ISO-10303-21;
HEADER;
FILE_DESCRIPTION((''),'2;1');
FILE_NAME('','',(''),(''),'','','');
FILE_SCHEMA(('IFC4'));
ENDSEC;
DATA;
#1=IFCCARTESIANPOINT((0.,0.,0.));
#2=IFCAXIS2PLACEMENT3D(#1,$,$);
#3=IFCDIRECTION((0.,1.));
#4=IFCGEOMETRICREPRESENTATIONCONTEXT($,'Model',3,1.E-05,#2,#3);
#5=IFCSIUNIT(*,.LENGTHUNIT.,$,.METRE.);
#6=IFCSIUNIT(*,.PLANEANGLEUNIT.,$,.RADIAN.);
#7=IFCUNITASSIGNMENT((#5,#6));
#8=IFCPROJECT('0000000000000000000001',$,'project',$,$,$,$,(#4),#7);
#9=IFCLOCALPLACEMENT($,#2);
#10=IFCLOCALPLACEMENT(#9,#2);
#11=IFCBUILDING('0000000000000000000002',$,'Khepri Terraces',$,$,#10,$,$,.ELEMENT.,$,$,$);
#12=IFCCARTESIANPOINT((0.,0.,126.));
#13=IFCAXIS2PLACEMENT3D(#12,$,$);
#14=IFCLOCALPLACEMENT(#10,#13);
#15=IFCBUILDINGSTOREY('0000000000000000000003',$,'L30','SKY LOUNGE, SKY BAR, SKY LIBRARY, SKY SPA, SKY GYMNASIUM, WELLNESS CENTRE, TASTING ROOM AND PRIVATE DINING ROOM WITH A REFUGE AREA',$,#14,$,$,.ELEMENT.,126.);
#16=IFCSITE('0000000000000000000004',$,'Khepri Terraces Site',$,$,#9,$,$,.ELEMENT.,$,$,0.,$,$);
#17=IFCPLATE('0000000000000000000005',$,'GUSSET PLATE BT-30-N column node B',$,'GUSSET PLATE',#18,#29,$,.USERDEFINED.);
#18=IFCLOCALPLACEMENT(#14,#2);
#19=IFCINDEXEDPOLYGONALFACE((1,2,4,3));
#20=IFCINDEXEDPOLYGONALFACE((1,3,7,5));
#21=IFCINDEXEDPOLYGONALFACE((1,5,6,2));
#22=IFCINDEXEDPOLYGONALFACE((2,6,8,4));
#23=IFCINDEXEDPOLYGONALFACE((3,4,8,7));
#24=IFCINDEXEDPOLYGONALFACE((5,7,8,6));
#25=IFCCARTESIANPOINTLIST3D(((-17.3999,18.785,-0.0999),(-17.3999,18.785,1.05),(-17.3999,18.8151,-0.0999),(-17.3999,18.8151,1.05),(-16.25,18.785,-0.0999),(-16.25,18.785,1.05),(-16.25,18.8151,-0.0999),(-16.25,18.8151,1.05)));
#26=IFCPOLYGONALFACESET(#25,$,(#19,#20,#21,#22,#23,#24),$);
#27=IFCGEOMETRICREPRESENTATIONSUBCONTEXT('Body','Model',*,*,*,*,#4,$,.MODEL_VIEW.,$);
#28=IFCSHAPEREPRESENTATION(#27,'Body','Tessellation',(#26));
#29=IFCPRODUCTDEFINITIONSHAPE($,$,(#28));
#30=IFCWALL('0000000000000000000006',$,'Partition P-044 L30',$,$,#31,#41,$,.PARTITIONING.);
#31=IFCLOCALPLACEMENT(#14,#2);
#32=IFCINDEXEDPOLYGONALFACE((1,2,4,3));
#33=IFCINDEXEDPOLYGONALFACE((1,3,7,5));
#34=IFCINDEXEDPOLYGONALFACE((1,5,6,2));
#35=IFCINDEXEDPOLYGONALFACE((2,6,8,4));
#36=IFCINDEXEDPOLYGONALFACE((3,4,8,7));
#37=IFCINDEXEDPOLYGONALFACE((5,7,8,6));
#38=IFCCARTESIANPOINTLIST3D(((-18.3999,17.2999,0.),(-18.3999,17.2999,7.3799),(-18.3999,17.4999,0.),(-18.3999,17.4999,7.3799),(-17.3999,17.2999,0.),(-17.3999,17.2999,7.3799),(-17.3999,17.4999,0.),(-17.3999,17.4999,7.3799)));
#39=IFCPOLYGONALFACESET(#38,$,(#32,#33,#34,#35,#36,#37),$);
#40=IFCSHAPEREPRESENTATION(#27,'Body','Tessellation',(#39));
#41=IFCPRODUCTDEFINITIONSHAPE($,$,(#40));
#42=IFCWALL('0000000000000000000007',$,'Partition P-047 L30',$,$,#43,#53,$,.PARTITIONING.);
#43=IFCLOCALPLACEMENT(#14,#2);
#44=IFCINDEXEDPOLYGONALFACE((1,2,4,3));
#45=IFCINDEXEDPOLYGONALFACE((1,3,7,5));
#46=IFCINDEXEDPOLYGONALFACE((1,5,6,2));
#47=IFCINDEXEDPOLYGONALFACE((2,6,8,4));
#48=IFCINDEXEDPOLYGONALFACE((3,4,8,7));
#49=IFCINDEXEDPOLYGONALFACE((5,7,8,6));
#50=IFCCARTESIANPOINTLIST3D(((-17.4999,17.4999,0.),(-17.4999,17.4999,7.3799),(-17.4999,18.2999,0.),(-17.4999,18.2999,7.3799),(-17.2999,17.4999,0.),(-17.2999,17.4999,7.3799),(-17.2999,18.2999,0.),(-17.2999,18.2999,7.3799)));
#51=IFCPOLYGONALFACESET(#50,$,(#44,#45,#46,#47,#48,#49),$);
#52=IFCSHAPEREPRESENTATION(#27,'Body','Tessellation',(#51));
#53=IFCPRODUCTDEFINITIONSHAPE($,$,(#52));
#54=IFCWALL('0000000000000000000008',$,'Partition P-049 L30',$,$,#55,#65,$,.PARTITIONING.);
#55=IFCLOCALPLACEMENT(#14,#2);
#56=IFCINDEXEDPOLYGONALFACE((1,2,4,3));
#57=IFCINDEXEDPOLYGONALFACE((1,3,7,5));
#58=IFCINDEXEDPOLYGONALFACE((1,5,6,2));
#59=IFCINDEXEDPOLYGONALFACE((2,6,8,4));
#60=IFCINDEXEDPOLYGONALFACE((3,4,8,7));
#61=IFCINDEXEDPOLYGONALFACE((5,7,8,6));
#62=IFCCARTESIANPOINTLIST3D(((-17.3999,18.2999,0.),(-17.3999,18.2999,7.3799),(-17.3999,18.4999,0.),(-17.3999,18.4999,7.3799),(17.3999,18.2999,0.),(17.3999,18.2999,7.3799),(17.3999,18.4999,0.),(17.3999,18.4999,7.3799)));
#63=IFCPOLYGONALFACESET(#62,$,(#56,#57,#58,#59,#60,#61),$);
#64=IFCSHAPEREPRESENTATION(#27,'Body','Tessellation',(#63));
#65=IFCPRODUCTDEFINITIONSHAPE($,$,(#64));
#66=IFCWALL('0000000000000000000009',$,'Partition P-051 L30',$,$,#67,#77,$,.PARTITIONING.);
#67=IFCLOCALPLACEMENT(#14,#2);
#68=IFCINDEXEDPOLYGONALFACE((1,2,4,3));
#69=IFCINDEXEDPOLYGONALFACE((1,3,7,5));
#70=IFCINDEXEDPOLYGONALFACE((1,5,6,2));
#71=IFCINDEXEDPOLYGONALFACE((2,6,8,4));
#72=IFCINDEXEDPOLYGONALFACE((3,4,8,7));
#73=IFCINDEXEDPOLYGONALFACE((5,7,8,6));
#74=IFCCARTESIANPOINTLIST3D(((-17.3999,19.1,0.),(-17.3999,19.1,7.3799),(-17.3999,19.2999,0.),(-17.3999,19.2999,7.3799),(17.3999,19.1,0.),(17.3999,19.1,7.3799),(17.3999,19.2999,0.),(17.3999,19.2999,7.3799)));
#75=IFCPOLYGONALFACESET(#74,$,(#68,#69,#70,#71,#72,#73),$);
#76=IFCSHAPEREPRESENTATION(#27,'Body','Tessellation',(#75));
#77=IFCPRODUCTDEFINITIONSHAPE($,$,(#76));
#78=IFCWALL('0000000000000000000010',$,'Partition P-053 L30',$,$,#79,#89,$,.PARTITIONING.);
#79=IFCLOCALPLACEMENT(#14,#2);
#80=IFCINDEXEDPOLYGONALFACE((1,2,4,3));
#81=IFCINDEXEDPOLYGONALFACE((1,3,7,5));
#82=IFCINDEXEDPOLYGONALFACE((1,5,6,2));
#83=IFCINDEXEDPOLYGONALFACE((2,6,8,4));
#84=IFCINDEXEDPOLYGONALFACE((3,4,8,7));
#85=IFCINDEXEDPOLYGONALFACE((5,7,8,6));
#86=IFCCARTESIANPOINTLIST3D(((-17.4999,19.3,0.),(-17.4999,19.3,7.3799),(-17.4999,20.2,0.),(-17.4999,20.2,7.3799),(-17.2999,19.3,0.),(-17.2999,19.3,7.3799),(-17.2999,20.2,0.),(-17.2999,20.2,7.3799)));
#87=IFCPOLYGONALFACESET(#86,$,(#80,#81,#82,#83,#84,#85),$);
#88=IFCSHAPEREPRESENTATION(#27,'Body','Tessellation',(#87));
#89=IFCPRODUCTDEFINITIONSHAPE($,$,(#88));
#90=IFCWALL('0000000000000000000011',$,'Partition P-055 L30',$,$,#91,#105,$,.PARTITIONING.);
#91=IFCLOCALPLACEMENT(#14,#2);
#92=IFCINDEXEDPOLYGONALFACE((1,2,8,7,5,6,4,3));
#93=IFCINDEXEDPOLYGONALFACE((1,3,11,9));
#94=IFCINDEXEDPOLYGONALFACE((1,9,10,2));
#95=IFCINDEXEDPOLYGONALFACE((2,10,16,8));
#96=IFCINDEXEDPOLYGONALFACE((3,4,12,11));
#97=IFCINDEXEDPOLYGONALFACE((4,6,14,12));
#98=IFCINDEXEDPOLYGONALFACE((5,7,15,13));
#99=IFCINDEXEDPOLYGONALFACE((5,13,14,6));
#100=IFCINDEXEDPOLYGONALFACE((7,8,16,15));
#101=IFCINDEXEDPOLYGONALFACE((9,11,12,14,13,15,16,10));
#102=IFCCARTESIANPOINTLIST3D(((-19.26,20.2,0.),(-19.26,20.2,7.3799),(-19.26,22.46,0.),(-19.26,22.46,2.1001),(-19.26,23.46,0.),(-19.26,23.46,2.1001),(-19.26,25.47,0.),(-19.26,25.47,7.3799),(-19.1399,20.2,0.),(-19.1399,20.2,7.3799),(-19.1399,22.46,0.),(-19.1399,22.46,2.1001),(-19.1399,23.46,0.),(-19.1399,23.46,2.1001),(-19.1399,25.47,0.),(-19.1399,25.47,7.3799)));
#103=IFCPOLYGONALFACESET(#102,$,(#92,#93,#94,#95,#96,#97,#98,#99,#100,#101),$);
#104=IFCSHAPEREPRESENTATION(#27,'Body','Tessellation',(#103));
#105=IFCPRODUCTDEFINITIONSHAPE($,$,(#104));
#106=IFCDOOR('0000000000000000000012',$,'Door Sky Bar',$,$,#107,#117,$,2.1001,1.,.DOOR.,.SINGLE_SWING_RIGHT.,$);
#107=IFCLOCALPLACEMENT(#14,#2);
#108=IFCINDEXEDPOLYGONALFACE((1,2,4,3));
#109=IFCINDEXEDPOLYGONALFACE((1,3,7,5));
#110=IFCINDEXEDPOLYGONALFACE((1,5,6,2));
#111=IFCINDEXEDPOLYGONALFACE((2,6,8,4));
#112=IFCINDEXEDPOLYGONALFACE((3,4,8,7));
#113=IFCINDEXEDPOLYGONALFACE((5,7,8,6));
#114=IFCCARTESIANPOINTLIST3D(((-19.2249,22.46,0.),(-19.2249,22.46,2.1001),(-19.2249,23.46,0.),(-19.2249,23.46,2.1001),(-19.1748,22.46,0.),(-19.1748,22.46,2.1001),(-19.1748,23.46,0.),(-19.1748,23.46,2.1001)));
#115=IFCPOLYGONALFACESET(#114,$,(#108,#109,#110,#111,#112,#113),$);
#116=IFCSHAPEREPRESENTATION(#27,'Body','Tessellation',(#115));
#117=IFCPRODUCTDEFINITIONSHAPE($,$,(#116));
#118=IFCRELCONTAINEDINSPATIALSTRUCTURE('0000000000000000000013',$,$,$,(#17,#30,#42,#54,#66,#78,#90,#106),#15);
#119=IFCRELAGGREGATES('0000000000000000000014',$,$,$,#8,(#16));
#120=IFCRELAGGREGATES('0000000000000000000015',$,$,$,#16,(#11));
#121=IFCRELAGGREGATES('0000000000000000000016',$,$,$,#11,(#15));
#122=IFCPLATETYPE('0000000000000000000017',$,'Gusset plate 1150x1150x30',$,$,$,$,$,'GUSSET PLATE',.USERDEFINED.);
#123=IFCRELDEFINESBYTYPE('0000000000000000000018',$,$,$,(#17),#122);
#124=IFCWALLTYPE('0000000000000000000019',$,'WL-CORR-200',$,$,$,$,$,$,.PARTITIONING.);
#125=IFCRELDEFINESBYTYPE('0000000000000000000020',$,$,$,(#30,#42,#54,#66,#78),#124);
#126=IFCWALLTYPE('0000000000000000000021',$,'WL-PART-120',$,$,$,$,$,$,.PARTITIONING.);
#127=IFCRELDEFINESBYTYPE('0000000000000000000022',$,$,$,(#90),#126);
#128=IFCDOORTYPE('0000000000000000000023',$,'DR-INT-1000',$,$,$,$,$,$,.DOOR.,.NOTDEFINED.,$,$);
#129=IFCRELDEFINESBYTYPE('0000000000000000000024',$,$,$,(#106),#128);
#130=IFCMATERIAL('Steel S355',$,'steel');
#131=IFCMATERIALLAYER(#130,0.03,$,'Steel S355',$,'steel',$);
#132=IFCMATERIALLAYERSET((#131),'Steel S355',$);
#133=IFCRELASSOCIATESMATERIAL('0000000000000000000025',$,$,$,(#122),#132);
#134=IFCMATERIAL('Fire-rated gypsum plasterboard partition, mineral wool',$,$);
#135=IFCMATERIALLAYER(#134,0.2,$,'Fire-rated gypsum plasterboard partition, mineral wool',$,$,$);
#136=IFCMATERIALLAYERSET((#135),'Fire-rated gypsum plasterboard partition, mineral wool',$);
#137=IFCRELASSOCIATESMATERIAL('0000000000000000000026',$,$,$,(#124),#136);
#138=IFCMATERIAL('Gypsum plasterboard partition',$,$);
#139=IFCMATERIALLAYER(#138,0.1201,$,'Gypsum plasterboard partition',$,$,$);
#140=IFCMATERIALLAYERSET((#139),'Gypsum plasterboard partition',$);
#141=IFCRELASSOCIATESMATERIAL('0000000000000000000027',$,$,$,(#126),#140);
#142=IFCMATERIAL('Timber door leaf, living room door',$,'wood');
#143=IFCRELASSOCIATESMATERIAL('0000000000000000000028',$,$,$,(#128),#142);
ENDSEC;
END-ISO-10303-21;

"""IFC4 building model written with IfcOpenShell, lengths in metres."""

from ifc_helpers import new_model, si_unit, direction, frame, frame_2d, origin, origin_2d, place, context, subcontext, project, spatial, rectangle, extrude, material, layer, layer_set, type_object, element, fill, save


model = new_model("IFC4")

# Units and contexts
model_context = context("Model", 3, precision=1e-05, world=origin(), true_north=direction((0.0, 1.0)))
body_context = subcontext(model_context, "Body", "Model", "MODEL_VIEW")
ifc_project = project(units=[si_unit("LENGTHUNIT", "METRE"), si_unit("PLANEANGLEUNIT", "RADIAN")], contexts=[model_context])

# Site, building, storey
site_placement = place(None, origin())
site = spatial("IfcSite", under=ifc_project, at=site_placement, Name="Khepri Terraces Site", CompositionType="ELEMENT", RefElevation=0.0)
building_placement = place(site_placement, origin())
building = spatial("IfcBuilding", under=site, at=building_placement, Name="Khepri Terraces", CompositionType="ELEMENT")
storey_placement = place(building_placement, frame((0.0, 0.0, 126.0)))
storey = spatial("IfcBuildingStorey", under=building, at=storey_placement, Name="L30", Description="SKY LOUNGE, SKY BAR, SKY LIBRARY, SKY SPA, SKY GYMNASIUM, WELLNESS CENTRE, TASTING ROOM AND PRIVATE DINING ROOM WITH A REFUGE AREA", CompositionType="ELEMENT", Elevation=126.0)

# Shared definitions
ifc_material_1 = material(Name="Steel S355", Category="steel")

# Plate
ifc_layer_1 = layer(ifc_material_1, 0.03, Name="Steel S355", Category="steel")
ifc_layer_set_1 = layer_set([ifc_layer_1], Name="Steel S355")
plate_type_1 = type_object("IfcPlateType", Name="Gusset plate 1150x1150x30", ElementType="GUSSET PLATE", PredefinedType="USERDEFINED", material=ifc_layer_set_1)
plate_1_placement = place(storey_placement, frame((-16.825, 18.8, -0.0999), z_axis=(0.0, 0.0, 1.0), x_axis=(-1.0, 0.0, 0.0)))
element("IfcPlate", 1, at=plate_1_placement, inside=storey, type_object=plate_type_1, Name="GUSSET PLATE BT-30-N column node B", ObjectType="GUSSET PLATE", PredefinedType="USERDEFINED", context=body_context, shape_type="SweptSolid", body=[
    extrude(rectangle(XDim=1.1499, YDim=0.03, at=origin_2d()), origin(), (0.0, 0.0, 1.0), 1.1499),
])

# Walls
ifc_material_2 = material(Name="Fire-rated gypsum plasterboard partition, mineral wool")
ifc_layer_2 = layer(ifc_material_2, 0.2, Name="Fire-rated gypsum plasterboard partition, mineral wool")
ifc_layer_set_2 = layer_set([ifc_layer_2], Name="Fire-rated gypsum plasterboard partition, mineral wool")
wall_type_1 = type_object("IfcWallType", Name="WL-CORR-200", PredefinedType="PARTITIONING", material=ifc_layer_set_2)
wall_1_placement = place(storey_placement, frame((-18.3999, 17.3999, 0.0), z_axis=(0.0, 0.0, 1.0), x_axis=(1.0, 0.0, 0.0)))
element("IfcWall", 2, at=wall_1_placement, inside=storey, type_object=wall_type_1, Name="Partition P-044 L30", PredefinedType="PARTITIONING", context=body_context, shape_type="SweptSolid", body=[
    extrude(rectangle(XDim=1.0, YDim=0.2, at=frame_2d((0.5, 0.0))), origin(), (0.0, 0.0, 1.0), 7.3799),
])
wall_2_placement = place(storey_placement, frame((-17.3999, 17.5, 0.0), z_axis=(0.0, 0.0, 1.0), x_axis=(0.0, 1.0, 0.0)))
element("IfcWall", 3, at=wall_2_placement, inside=storey, type_object=wall_type_1, Name="Partition P-047 L30", PredefinedType="PARTITIONING", context=body_context, shape_type="SweptSolid", body=[
    extrude(rectangle(XDim=0.8, YDim=0.2, at=frame_2d((0.3999, 0.0))), origin(), (0.0, 0.0, 1.0), 7.3799),
])
for number, where, z_axis, x_axis, name in (
    (4, (-17.3999, 18.3999, 0.0), (0.0, 0.0, 1.0), (1.0, 0.0, 0.0), "Partition P-049 L30"),
    (5, (-17.3999, 19.2, 0.0), (0.0, 0.0, 1.0), (1.0, 0.0, 0.0), "Partition P-051 L30"),
):
    element("IfcWall", number, at=place(storey_placement, frame(where, z_axis=z_axis, x_axis=x_axis)), inside=storey, type_object=wall_type_1, Name=name, PredefinedType="PARTITIONING", context=body_context, shape_type="SweptSolid", body=[
        extrude(rectangle(XDim=34.7998, YDim=0.2, at=frame_2d((17.3999, 0.0))), origin(), (0.0, 0.0, 1.0), 7.3799),
    ])
wall_3_placement = place(storey_placement, frame((-17.3999, 19.3, 0.0), z_axis=(0.0, 0.0, 1.0), x_axis=(0.0, 1.0, 0.0)))
element("IfcWall", 6, at=wall_3_placement, inside=storey, type_object=wall_type_1, Name="Partition P-053 L30", PredefinedType="PARTITIONING", context=body_context, shape_type="SweptSolid", body=[
    extrude(rectangle(XDim=0.8999, YDim=0.2, at=frame_2d((0.45, 0.0))), origin(), (0.0, 0.0, 1.0), 7.3799),
])

# Wall, opening, door
ifc_material_3 = material(Name="Gypsum plasterboard partition")
ifc_layer_3 = layer(ifc_material_3, 0.1201, Name="Gypsum plasterboard partition")
ifc_layer_set_3 = layer_set([ifc_layer_3], Name="Gypsum plasterboard partition")
wall_type_2 = type_object("IfcWallType", Name="WL-PART-120", PredefinedType="PARTITIONING", material=ifc_layer_set_3)
wall_4_placement = place(storey_placement, frame((-19.2, 20.2, 0.0), z_axis=(0.0, 0.0, 1.0), x_axis=(0.0, 1.0, 0.0)))
wall_4 = element("IfcWall", 7, at=wall_4_placement, inside=storey, type_object=wall_type_2, Name="Partition P-055 L30", PredefinedType="PARTITIONING", context=body_context, shape_type="SweptSolid", body=[
    extrude(rectangle(XDim=5.27, YDim=0.1201, at=frame_2d((2.635, 0.0))), origin(), (0.0, 0.0, 1.0), 7.3799),
])
opening_placement = place(wall_4_placement, frame((2.26, 0.0, 0.0)))
opening = element("IfcOpeningElement", 8, at=opening_placement, cuts=wall_4, PredefinedType="OPENING", context=body_context, shape_type="SweptSolid", body=[
    extrude(rectangle(XDim=1.0, YDim=2.1001, at=frame_2d((0.5, 1.05))), frame((0.0, 0.0701, 0.0), z_axis=(0.0, -1.0, 0.0), x_axis=(1.0, 0.0, 0.0)), (0.0, 0.0, 1.0), 0.1401),
])
ifc_material_4 = material(Name="Timber door leaf, living room door", Category="wood")
door_type = type_object("IfcDoorType", Name="DR-INT-1000", OperationType="NOTDEFINED", PredefinedType="DOOR", material=ifc_material_4)
door_placement = place(opening_placement, origin())
door = element("IfcDoor", 9, at=door_placement, inside=storey, type_object=door_type, Name="Door Sky Bar", OperationType="SINGLE_SWING_RIGHT", OverallHeight=2.1001, OverallWidth=1.0, PredefinedType="DOOR", context=body_context, shape_type="SweptSolid", body=[
    extrude(rectangle(XDim=1.0, YDim=2.1001, at=frame_2d((0.5, 1.05))), frame((0.0, 0.0249, 0.0), z_axis=(0.0, -1.0, 0.0), x_axis=(1.0, 0.0, 0.0)), (0.0, 0.0, 1.0), 0.05),
])
fill(opening, door)

save(model, "model.ifc")
